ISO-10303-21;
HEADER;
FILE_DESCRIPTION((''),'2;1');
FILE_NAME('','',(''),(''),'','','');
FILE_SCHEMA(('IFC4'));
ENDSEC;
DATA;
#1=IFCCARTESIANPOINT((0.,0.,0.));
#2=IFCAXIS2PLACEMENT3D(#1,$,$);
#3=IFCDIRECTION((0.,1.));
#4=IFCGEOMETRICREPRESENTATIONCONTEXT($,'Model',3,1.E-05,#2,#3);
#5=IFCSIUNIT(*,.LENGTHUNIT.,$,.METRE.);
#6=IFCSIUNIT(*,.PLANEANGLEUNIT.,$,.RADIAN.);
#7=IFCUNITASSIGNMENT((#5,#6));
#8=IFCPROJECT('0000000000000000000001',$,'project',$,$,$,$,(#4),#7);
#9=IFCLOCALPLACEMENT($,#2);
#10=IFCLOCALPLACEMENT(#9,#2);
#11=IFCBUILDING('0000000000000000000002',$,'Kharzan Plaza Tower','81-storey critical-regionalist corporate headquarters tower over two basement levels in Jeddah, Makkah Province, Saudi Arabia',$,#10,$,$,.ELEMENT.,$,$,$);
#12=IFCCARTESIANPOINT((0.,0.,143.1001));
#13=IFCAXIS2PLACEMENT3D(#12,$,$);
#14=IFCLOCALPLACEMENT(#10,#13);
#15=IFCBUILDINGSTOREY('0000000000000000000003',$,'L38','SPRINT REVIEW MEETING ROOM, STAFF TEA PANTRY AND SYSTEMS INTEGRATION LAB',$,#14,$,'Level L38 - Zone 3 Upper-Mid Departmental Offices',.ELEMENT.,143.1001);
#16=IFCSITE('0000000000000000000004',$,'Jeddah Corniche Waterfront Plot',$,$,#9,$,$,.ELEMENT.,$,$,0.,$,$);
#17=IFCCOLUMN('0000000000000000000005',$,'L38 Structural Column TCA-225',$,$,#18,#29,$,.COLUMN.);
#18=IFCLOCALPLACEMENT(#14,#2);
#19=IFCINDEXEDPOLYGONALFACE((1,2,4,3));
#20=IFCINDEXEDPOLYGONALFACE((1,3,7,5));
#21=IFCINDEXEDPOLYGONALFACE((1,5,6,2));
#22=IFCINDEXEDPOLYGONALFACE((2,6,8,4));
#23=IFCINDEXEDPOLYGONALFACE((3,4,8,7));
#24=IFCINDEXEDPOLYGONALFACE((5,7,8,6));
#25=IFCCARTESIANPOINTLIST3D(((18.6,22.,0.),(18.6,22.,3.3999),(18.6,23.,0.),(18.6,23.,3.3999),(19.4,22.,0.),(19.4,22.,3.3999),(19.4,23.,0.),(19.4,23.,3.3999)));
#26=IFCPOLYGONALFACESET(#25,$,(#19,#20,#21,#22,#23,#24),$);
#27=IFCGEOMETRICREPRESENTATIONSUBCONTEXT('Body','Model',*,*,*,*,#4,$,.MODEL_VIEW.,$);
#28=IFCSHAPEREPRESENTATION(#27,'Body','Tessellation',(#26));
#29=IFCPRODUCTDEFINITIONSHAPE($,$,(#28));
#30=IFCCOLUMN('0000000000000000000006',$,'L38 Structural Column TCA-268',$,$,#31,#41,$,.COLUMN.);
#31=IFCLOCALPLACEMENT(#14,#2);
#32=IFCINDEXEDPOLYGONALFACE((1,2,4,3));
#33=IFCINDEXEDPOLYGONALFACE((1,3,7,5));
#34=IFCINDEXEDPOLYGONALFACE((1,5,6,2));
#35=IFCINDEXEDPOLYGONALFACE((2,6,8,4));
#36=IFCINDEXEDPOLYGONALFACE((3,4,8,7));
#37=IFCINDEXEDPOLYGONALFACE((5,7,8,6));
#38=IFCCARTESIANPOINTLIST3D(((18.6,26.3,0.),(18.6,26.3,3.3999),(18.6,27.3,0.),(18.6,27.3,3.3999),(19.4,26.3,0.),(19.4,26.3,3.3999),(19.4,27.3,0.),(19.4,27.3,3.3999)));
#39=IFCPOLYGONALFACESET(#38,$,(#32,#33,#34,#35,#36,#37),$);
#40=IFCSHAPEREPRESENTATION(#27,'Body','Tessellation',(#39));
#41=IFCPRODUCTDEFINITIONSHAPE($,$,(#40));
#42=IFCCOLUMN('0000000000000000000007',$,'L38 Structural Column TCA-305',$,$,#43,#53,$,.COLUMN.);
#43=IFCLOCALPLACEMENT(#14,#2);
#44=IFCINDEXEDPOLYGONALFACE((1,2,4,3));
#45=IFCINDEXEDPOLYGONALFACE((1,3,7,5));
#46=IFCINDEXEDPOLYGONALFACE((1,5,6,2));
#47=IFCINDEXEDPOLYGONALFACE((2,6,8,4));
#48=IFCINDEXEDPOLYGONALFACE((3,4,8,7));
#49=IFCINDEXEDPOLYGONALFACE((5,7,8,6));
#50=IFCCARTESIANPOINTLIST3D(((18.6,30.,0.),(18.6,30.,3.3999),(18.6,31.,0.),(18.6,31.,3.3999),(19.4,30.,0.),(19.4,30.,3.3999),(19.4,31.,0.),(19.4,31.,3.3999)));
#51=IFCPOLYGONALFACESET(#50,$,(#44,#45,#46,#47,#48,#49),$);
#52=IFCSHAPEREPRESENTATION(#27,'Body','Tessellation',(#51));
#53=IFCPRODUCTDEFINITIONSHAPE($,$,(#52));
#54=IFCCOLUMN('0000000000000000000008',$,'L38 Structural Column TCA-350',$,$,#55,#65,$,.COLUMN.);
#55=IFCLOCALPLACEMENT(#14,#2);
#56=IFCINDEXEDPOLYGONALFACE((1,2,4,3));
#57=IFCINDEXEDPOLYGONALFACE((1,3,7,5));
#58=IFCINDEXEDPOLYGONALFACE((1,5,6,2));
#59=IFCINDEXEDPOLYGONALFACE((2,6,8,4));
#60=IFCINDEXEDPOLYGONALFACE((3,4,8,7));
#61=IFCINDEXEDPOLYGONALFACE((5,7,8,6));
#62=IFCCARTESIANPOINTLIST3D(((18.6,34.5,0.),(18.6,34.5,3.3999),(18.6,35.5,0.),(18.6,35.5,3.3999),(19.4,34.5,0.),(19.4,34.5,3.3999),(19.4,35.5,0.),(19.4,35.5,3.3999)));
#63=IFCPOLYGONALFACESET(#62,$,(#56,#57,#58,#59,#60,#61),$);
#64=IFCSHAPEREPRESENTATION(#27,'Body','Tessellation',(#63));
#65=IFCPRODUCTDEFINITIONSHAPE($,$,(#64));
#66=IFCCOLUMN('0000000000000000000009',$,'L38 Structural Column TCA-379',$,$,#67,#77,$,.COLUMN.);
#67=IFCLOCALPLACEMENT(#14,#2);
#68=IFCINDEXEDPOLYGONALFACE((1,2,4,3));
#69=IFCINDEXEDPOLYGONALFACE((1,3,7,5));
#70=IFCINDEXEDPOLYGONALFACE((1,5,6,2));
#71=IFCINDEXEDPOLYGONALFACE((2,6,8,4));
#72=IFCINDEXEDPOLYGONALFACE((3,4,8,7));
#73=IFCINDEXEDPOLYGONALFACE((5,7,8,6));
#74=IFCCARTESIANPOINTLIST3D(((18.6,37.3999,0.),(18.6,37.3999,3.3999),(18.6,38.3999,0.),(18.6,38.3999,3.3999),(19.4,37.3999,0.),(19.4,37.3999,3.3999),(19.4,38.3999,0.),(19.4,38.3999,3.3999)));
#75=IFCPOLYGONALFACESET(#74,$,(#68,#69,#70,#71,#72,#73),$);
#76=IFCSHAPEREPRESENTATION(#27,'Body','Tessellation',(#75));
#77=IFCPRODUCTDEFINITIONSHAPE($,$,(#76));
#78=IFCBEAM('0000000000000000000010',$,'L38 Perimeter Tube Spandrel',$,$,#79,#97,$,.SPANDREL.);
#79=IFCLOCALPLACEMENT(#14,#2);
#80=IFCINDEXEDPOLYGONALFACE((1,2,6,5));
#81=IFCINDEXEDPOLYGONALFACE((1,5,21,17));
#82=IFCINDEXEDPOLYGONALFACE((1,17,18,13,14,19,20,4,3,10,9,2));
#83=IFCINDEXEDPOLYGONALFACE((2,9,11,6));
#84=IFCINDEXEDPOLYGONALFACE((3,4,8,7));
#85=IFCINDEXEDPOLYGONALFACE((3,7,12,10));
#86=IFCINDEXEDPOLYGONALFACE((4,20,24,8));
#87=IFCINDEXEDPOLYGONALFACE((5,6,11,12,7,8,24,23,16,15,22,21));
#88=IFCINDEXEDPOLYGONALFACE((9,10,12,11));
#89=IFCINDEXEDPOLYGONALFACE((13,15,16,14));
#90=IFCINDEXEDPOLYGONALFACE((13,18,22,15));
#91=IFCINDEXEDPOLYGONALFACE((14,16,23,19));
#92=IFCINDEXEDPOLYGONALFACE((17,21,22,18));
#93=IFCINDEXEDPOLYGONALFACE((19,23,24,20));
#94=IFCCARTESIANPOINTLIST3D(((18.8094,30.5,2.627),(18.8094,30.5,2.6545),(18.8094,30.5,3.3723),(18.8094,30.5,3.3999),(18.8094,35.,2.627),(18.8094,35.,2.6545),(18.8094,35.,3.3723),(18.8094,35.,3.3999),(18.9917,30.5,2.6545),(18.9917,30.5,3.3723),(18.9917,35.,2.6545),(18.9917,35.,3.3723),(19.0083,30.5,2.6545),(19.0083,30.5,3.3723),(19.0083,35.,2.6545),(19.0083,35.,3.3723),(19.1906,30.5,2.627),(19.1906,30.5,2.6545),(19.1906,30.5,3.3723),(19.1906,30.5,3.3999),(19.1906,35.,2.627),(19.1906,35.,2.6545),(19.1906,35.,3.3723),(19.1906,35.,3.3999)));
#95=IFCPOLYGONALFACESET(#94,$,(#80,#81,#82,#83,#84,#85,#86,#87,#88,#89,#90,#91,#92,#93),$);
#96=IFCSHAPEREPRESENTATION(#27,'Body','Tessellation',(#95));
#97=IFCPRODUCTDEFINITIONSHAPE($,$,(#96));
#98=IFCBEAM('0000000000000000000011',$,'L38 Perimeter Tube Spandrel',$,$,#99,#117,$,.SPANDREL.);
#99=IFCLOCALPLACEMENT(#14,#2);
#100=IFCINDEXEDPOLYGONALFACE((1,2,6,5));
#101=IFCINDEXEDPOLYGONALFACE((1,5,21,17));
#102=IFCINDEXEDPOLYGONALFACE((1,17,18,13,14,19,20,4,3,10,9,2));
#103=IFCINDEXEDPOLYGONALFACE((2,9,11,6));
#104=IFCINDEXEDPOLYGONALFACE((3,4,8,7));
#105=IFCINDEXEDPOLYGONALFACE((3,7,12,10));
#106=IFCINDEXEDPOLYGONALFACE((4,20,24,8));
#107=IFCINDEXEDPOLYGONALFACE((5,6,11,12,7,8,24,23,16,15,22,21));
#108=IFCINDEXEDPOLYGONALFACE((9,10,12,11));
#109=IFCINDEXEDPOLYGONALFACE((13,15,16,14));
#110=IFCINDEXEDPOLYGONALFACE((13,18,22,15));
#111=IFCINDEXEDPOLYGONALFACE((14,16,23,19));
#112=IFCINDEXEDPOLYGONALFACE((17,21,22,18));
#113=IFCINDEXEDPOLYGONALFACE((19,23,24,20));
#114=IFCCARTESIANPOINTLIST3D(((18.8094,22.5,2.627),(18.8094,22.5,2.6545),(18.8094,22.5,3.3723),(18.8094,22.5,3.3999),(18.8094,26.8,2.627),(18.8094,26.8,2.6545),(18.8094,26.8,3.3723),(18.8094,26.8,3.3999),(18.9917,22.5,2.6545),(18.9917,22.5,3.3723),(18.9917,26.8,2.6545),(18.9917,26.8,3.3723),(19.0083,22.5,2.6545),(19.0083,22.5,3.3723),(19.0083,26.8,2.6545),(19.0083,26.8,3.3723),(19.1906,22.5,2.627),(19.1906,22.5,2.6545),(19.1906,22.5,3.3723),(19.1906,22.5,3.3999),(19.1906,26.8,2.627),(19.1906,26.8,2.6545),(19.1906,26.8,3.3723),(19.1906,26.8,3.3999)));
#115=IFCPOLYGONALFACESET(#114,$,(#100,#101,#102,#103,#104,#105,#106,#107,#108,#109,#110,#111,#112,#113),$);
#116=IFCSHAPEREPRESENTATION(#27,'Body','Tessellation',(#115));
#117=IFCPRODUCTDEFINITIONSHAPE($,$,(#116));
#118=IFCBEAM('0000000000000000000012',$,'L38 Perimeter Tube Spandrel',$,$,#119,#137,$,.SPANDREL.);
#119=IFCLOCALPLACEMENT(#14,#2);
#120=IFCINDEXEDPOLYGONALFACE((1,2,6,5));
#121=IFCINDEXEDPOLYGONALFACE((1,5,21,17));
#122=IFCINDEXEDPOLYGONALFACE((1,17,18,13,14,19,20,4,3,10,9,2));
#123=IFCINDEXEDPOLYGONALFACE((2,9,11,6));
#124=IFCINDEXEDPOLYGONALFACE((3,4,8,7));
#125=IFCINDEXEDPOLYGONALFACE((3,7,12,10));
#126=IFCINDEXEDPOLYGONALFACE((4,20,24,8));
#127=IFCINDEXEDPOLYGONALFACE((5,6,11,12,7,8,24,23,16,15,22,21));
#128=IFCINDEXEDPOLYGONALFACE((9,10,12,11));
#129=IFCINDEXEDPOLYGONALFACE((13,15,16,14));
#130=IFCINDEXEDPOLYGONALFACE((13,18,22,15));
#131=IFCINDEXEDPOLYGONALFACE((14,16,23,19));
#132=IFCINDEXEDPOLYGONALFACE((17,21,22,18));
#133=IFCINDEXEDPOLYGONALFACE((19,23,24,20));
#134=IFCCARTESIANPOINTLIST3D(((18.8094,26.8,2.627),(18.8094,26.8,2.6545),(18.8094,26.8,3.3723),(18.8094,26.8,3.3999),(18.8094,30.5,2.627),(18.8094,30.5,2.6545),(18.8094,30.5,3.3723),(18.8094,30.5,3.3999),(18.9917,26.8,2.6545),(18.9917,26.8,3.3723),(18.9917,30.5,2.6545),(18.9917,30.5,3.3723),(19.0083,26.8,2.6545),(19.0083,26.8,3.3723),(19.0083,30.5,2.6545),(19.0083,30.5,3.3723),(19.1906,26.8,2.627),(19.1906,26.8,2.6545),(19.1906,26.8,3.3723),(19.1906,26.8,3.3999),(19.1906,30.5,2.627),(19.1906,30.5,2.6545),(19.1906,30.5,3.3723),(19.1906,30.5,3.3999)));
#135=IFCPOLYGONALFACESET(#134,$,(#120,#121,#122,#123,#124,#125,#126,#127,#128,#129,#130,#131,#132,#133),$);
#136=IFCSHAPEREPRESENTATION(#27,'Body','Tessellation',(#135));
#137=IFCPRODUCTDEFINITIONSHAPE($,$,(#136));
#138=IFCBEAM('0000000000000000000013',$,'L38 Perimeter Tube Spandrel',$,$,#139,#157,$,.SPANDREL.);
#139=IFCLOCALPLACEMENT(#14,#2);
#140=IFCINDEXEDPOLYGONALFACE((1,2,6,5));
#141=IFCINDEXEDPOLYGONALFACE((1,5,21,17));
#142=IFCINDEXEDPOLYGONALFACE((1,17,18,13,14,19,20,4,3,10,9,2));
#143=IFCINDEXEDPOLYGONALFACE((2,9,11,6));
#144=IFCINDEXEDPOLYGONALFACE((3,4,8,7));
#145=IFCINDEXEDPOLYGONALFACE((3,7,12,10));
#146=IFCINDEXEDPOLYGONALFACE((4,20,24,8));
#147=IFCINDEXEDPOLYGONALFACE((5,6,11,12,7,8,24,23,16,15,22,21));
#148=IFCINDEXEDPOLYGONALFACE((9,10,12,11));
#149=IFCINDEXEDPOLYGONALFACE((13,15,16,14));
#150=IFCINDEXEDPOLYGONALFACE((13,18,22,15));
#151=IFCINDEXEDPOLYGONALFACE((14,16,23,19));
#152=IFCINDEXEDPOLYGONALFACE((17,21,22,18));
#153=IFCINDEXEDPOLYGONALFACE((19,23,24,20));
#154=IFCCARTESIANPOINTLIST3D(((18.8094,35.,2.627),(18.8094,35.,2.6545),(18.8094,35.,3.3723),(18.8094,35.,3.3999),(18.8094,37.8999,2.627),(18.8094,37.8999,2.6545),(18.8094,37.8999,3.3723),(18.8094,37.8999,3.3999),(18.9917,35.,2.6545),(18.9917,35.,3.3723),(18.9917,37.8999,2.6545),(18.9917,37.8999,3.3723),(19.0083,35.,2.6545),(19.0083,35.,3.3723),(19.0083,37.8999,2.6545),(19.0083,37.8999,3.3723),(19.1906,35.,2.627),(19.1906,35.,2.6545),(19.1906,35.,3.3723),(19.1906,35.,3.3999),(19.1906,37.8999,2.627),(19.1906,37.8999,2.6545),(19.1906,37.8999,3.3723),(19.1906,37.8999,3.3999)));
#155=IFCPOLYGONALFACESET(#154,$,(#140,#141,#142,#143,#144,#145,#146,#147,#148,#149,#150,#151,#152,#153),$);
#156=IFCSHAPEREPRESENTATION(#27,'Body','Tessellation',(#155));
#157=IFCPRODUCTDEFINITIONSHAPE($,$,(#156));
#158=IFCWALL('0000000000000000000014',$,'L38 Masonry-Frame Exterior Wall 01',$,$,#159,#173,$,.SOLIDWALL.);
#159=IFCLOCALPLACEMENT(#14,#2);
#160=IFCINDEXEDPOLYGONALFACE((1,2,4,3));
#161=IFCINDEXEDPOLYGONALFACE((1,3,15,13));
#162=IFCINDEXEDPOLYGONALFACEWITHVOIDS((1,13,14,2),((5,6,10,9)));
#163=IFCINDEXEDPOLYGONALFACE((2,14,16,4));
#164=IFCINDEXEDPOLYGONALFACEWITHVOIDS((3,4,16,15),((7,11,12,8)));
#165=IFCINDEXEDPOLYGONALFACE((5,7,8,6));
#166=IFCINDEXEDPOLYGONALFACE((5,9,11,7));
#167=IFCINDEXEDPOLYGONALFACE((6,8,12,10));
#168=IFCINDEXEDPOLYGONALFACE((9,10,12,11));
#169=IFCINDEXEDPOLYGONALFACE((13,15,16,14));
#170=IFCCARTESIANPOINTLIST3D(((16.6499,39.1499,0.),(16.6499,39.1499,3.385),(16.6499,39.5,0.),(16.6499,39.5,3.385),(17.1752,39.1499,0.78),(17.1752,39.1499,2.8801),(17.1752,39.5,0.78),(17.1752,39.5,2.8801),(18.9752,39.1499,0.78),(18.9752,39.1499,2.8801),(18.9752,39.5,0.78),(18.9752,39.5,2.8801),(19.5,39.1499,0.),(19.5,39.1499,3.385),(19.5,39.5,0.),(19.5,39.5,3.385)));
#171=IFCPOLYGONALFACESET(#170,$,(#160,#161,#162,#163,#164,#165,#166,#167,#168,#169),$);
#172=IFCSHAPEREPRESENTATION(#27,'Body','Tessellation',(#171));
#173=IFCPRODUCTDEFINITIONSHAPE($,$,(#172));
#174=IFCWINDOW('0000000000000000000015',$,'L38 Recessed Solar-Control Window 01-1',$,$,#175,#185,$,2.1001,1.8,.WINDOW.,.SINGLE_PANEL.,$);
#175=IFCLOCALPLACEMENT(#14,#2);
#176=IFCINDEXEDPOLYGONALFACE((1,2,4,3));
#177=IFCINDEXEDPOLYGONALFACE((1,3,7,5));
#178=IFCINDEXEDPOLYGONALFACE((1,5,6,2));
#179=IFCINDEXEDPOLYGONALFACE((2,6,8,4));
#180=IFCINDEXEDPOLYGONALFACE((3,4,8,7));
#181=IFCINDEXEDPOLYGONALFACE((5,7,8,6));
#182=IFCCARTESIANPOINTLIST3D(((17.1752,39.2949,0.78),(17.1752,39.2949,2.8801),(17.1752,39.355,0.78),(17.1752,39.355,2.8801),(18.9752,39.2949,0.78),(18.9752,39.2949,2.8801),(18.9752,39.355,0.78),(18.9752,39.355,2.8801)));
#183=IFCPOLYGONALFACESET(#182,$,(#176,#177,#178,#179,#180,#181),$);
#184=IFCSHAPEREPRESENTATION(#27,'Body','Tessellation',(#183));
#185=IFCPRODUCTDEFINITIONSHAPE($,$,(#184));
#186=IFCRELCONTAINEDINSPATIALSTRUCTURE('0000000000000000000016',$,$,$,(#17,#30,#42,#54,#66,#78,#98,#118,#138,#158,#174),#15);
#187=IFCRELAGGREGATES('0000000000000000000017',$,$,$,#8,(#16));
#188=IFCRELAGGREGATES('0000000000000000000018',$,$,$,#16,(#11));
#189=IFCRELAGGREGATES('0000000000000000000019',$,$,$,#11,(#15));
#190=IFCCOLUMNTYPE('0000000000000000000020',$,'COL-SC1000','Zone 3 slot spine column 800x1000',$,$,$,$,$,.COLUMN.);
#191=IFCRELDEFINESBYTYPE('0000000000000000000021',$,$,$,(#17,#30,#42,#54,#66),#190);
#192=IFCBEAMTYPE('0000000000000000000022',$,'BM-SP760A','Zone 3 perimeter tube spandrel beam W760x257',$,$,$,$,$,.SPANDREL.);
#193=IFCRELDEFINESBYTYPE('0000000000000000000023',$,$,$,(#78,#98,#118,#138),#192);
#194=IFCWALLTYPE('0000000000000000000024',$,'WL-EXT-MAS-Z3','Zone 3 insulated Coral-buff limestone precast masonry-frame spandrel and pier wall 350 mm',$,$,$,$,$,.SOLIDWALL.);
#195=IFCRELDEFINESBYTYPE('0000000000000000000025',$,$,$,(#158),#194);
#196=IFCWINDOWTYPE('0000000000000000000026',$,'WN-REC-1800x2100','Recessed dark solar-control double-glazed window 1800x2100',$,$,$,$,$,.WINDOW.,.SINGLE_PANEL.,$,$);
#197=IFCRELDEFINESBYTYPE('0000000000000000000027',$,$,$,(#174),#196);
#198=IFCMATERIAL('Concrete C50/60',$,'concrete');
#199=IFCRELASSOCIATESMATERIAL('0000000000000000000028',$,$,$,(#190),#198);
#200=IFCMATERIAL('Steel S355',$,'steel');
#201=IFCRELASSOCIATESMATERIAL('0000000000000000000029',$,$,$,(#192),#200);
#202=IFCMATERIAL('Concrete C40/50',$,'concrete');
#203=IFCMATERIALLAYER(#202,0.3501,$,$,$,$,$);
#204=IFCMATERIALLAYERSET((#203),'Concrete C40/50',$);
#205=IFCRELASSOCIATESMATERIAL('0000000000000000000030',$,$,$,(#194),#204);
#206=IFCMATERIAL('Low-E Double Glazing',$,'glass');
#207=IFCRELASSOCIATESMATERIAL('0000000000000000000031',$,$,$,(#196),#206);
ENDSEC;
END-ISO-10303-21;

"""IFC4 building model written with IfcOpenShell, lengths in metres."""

from ifc_helpers import new_model, si_unit, direction, frame, frame_2d, origin, origin_2d, place, context, subcontext, project, spatial, rectangle, i_section, extrude, source, transform, mapped, material, layer, layer_set, material_profile, profile_set, type_object, element, fill, save


model = new_model("IFC4")

# Units and contexts
model_context = context("Model", 3, precision=1e-05, world=origin(), true_north=direction((0.0, 1.0)))
body_context = subcontext(model_context, "Body", "Model", "MODEL_VIEW")
ifc_project = project(units=[si_unit("LENGTHUNIT", "METRE"), si_unit("PLANEANGLEUNIT", "RADIAN")], contexts=[model_context])

# Site, building, storey
site_placement = place(None, origin())
site = spatial("IfcSite", under=ifc_project, at=site_placement, Name="Jeddah Corniche Waterfront Plot", CompositionType="ELEMENT", RefElevation=0.0)
building_placement = place(site_placement, origin())
building = spatial("IfcBuilding", under=site, at=building_placement, Name="Kharzan Plaza Tower", Description="81-storey critical-regionalist corporate headquarters tower over two basement levels in Jeddah, Makkah Province, Saudi Arabia", CompositionType="ELEMENT")
storey_placement = place(building_placement, frame((0.0, 0.0, 143.1001)))
storey = spatial("IfcBuildingStorey", under=building, at=storey_placement, Name="L38", Description="SPRINT REVIEW MEETING ROOM, STAFF TEA PANTRY AND SYSTEMS INTEGRATION LAB", LongName="Level L38 - Zone 3 Upper-Mid Departmental Offices", CompositionType="ELEMENT", Elevation=143.1001)

# Columns
ifc_material_1 = material(Name="Concrete C50/60", Category="concrete")
ifc_material_profile_1 = material_profile(ifc_material_1, rectangle(XDim=0.8, YDim=1.0, at=origin_2d()), Name="RC-SC1000x800")
ifc_profile_set_1 = profile_set([ifc_material_profile_1], Name="Concrete C50/60")
column_type = type_object("IfcColumnType", Name="COL-SC1000", Description="Zone 3 slot spine column 800x1000", PredefinedType="COLUMN", material=ifc_profile_set_1)
shared_shape_1 = source(origin(), body_context, "Body", "SweptSolid", [
    extrude(rectangle(XDim=0.8, YDim=1.0, at=origin_2d()), origin(), (0.0, 0.0, 1.0), 3.3999),
])
for number, where, z_axis, x_axis, name in (
    (1, (19.0, 22.5, 0.0), (0.0, 0.0, 1.0), (1.0, 0.0, 0.0), "L38 Structural Column TCA-225"),
    (2, (19.0, 26.8, 0.0), (0.0, 0.0, 1.0), (1.0, 0.0, 0.0), "L38 Structural Column TCA-268"),
    (3, (19.0, 30.5, 0.0), (0.0, 0.0, 1.0), (1.0, 0.0, 0.0), "L38 Structural Column TCA-305"),
    (4, (19.0, 35.0, 0.0), (0.0, 0.0, 1.0), (1.0, 0.0, 0.0), "L38 Structural Column TCA-350"),
    (5, (19.0, 37.8999, 0.0), (0.0, 0.0, 1.0), (1.0, 0.0, 0.0), "L38 Structural Column TCA-379"),
):
    element("IfcColumn", number, at=place(storey_placement, frame(where, z_axis=z_axis, x_axis=x_axis)), inside=storey, type_object=column_type, Name=name, PredefinedType="COLUMN", context=body_context, shape_type="MappedRepresentation", body=[
        mapped(shared_shape_1, transform((0.0, 0.0, 0.0), x_axis=(1.0, 0.0, 0.0), y_axis=(0.0, 1.0, 0.0), z_axis=(0.0, 0.0, 1.0))),
    ])

# Beams
ifc_material_2 = material(Name="Steel S355", Category="steel")
ifc_material_profile_2 = material_profile(ifc_material_2, i_section(OverallWidth=0.3811, OverallDepth=0.7729, WebThickness=0.0166, FlangeThickness=0.0276, at=origin_2d()), Name="W760x257")
ifc_profile_set_2 = profile_set([ifc_material_profile_2], Name="Steel S355")
beam_type = type_object("IfcBeamType", Name="BM-SP760A", Description="Zone 3 perimeter tube spandrel beam W760x257", PredefinedType="SPANDREL", material=ifc_profile_set_2)
shared_shape_2 = source(origin(), body_context, "Body", "SweptSolid", [
    extrude(i_section(OverallWidth=0.3811, OverallDepth=0.7729, WebThickness=0.0166, FlangeThickness=0.0276, at=origin_2d()), origin(), (0.0, 0.0, 1.0), 4.5),
])
beam_1_placement = place(storey_placement, frame((19.0, 30.5, 3.0134), z_axis=(0.0, 1.0, 0.0), x_axis=(-1.0, 0.0, 0.0)))
element("IfcBeam", 6, at=beam_1_placement, inside=storey, type_object=beam_type, Name="L38 Perimeter Tube Spandrel", PredefinedType="SPANDREL", context=body_context, shape_type="MappedRepresentation", body=[
    mapped(shared_shape_2, transform((0.0, 0.0, 0.0), x_axis=(1.0, 0.0, 0.0), y_axis=(0.0, 1.0, 0.0), z_axis=(0.0, 0.0, 1.0))),
])
shared_shape_3 = source(origin(), body_context, "Body", "SweptSolid", [
    extrude(i_section(OverallWidth=0.3811, OverallDepth=0.7729, WebThickness=0.0166, FlangeThickness=0.0276, at=origin_2d()), origin(), (0.0, 0.0, 1.0), 4.3),
])
beam_2_placement = place(storey_placement, frame((19.0, 22.5, 3.0134), z_axis=(0.0, 1.0, 0.0), x_axis=(-1.0, 0.0, 0.0)))
element("IfcBeam", 7, at=beam_2_placement, inside=storey, type_object=beam_type, Name="L38 Perimeter Tube Spandrel", PredefinedType="SPANDREL", context=body_context, shape_type="MappedRepresentation", body=[
    mapped(shared_shape_3, transform((0.0, 0.0, 0.0), x_axis=(1.0, 0.0, 0.0), y_axis=(0.0, 1.0, 0.0), z_axis=(0.0, 0.0, 1.0))),
])
shared_shape_4 = source(origin(), body_context, "Body", "SweptSolid", [
    extrude(i_section(OverallWidth=0.3811, OverallDepth=0.7729, WebThickness=0.0166, FlangeThickness=0.0276, at=origin_2d()), origin(), (0.0, 0.0, 1.0), 3.7),
])
beam_3_placement = place(storey_placement, frame((19.0, 26.8, 3.0134), z_axis=(0.0, 1.0, 0.0), x_axis=(-1.0, 0.0, 0.0)))
element("IfcBeam", 8, at=beam_3_placement, inside=storey, type_object=beam_type, Name="L38 Perimeter Tube Spandrel", PredefinedType="SPANDREL", context=body_context, shape_type="MappedRepresentation", body=[
    mapped(shared_shape_4, transform((0.0, 0.0, 0.0), x_axis=(1.0, 0.0, 0.0), y_axis=(0.0, 1.0, 0.0), z_axis=(0.0, 0.0, 1.0))),
])
shared_shape_5 = source(origin(), body_context, "Body", "SweptSolid", [
    extrude(i_section(OverallWidth=0.3811, OverallDepth=0.7729, WebThickness=0.0166, FlangeThickness=0.0276, at=origin_2d()), origin(), (0.0, 0.0, 1.0), 2.8999),
])
beam_4_placement = place(storey_placement, frame((19.0, 35.0, 3.0134), z_axis=(0.0, 1.0, 0.0), x_axis=(-1.0, 0.0, 0.0)))
element("IfcBeam", 9, at=beam_4_placement, inside=storey, type_object=beam_type, Name="L38 Perimeter Tube Spandrel", PredefinedType="SPANDREL", context=body_context, shape_type="MappedRepresentation", body=[
    mapped(shared_shape_5, transform((0.0, 0.0, 0.0), x_axis=(1.0, 0.0, 0.0), y_axis=(0.0, 1.0, 0.0), z_axis=(0.0, 0.0, 1.0))),
])

# Wall, opening, window
ifc_material_3 = material(Name="Concrete C40/50", Category="concrete")
ifc_layer_1 = layer(ifc_material_3, 0.3501)
ifc_layer_set_1 = layer_set([ifc_layer_1], Name="Concrete C40/50")
wall_type_1 = type_object("IfcWallType", Name="WL-EXT-MAS-Z3", Description="Zone 3 insulated Coral-buff limestone precast masonry-frame spandrel and pier wall 350 mm", PredefinedType="SOLIDWALL", material=ifc_layer_set_1)
wall_1_placement = place(storey_placement, frame((19.5, 39.325, 0.0), z_axis=(0.0, 0.0, 1.0), x_axis=(-1.0, 0.0, 0.0)))
wall_1 = element("IfcWall", 10, at=wall_1_placement, inside=storey, type_object=wall_type_1, Name="L38 Masonry-Frame Exterior Wall 01", PredefinedType="SOLIDWALL", context=body_context, shape_type="SweptSolid", body=[
    extrude(rectangle(XDim=2.8501, YDim=0.3501, at=frame_2d((1.425, 0.0))), origin(), (0.0, 0.0, 1.0), 3.385),
])
opening_1_placement = place(wall_1_placement, frame((0.5249, 0.0, 0.78)))
opening_1 = element("IfcOpeningElement", 11, at=opening_1_placement, cuts=wall_1, PredefinedType="OPENING", context=body_context, shape_type="SweptSolid", body=[
    extrude(rectangle(XDim=1.8, YDim=2.1001, at=frame_2d((0.8999, 1.05))), frame((0.0, 0.1851, 0.0), z_axis=(0.0, -1.0, 0.0), x_axis=(1.0, 0.0, 0.0)), (0.0, 0.0, 1.0), 0.3701),
])
ifc_material_4 = material(Name="Low-E Double Glazing", Category="glass")
window_type_1 = type_object("IfcWindowType", Name="WN-REC-1800x2100", Description="Recessed dark solar-control double-glazed window 1800x2100", PartitioningType="SINGLE_PANEL", PredefinedType="WINDOW", material=ifc_material_4)
shared_shape_6 = source(origin(), body_context, "Body", "SweptSolid", [
    extrude(rectangle(XDim=1.8, YDim=2.1001, at=frame_2d((0.8999, 1.05))), frame((0.0, 0.03, 0.0), z_axis=(0.0, -1.0, 0.0), x_axis=(1.0, 0.0, 0.0)), (0.0, 0.0, 1.0), 0.0601),
])
window_1_placement = place(opening_1_placement, origin())
window_1 = element("IfcWindow", 12, at=window_1_placement, inside=storey, type_object=window_type_1, Name="L38 Recessed Solar-Control Window 01-1", OverallHeight=2.1001, OverallWidth=1.8, PartitioningType="SINGLE_PANEL", PredefinedType="WINDOW", context=body_context, shape_type="MappedRepresentation", body=[
    mapped(shared_shape_6, transform((0.0, 0.0, 0.0), x_axis=(1.0, 0.0, 0.0), y_axis=(0.0, 1.0, 0.0), z_axis=(0.0, 0.0, 1.0))),
])
fill(opening_1, window_1)

save(model, "model.ifc")
